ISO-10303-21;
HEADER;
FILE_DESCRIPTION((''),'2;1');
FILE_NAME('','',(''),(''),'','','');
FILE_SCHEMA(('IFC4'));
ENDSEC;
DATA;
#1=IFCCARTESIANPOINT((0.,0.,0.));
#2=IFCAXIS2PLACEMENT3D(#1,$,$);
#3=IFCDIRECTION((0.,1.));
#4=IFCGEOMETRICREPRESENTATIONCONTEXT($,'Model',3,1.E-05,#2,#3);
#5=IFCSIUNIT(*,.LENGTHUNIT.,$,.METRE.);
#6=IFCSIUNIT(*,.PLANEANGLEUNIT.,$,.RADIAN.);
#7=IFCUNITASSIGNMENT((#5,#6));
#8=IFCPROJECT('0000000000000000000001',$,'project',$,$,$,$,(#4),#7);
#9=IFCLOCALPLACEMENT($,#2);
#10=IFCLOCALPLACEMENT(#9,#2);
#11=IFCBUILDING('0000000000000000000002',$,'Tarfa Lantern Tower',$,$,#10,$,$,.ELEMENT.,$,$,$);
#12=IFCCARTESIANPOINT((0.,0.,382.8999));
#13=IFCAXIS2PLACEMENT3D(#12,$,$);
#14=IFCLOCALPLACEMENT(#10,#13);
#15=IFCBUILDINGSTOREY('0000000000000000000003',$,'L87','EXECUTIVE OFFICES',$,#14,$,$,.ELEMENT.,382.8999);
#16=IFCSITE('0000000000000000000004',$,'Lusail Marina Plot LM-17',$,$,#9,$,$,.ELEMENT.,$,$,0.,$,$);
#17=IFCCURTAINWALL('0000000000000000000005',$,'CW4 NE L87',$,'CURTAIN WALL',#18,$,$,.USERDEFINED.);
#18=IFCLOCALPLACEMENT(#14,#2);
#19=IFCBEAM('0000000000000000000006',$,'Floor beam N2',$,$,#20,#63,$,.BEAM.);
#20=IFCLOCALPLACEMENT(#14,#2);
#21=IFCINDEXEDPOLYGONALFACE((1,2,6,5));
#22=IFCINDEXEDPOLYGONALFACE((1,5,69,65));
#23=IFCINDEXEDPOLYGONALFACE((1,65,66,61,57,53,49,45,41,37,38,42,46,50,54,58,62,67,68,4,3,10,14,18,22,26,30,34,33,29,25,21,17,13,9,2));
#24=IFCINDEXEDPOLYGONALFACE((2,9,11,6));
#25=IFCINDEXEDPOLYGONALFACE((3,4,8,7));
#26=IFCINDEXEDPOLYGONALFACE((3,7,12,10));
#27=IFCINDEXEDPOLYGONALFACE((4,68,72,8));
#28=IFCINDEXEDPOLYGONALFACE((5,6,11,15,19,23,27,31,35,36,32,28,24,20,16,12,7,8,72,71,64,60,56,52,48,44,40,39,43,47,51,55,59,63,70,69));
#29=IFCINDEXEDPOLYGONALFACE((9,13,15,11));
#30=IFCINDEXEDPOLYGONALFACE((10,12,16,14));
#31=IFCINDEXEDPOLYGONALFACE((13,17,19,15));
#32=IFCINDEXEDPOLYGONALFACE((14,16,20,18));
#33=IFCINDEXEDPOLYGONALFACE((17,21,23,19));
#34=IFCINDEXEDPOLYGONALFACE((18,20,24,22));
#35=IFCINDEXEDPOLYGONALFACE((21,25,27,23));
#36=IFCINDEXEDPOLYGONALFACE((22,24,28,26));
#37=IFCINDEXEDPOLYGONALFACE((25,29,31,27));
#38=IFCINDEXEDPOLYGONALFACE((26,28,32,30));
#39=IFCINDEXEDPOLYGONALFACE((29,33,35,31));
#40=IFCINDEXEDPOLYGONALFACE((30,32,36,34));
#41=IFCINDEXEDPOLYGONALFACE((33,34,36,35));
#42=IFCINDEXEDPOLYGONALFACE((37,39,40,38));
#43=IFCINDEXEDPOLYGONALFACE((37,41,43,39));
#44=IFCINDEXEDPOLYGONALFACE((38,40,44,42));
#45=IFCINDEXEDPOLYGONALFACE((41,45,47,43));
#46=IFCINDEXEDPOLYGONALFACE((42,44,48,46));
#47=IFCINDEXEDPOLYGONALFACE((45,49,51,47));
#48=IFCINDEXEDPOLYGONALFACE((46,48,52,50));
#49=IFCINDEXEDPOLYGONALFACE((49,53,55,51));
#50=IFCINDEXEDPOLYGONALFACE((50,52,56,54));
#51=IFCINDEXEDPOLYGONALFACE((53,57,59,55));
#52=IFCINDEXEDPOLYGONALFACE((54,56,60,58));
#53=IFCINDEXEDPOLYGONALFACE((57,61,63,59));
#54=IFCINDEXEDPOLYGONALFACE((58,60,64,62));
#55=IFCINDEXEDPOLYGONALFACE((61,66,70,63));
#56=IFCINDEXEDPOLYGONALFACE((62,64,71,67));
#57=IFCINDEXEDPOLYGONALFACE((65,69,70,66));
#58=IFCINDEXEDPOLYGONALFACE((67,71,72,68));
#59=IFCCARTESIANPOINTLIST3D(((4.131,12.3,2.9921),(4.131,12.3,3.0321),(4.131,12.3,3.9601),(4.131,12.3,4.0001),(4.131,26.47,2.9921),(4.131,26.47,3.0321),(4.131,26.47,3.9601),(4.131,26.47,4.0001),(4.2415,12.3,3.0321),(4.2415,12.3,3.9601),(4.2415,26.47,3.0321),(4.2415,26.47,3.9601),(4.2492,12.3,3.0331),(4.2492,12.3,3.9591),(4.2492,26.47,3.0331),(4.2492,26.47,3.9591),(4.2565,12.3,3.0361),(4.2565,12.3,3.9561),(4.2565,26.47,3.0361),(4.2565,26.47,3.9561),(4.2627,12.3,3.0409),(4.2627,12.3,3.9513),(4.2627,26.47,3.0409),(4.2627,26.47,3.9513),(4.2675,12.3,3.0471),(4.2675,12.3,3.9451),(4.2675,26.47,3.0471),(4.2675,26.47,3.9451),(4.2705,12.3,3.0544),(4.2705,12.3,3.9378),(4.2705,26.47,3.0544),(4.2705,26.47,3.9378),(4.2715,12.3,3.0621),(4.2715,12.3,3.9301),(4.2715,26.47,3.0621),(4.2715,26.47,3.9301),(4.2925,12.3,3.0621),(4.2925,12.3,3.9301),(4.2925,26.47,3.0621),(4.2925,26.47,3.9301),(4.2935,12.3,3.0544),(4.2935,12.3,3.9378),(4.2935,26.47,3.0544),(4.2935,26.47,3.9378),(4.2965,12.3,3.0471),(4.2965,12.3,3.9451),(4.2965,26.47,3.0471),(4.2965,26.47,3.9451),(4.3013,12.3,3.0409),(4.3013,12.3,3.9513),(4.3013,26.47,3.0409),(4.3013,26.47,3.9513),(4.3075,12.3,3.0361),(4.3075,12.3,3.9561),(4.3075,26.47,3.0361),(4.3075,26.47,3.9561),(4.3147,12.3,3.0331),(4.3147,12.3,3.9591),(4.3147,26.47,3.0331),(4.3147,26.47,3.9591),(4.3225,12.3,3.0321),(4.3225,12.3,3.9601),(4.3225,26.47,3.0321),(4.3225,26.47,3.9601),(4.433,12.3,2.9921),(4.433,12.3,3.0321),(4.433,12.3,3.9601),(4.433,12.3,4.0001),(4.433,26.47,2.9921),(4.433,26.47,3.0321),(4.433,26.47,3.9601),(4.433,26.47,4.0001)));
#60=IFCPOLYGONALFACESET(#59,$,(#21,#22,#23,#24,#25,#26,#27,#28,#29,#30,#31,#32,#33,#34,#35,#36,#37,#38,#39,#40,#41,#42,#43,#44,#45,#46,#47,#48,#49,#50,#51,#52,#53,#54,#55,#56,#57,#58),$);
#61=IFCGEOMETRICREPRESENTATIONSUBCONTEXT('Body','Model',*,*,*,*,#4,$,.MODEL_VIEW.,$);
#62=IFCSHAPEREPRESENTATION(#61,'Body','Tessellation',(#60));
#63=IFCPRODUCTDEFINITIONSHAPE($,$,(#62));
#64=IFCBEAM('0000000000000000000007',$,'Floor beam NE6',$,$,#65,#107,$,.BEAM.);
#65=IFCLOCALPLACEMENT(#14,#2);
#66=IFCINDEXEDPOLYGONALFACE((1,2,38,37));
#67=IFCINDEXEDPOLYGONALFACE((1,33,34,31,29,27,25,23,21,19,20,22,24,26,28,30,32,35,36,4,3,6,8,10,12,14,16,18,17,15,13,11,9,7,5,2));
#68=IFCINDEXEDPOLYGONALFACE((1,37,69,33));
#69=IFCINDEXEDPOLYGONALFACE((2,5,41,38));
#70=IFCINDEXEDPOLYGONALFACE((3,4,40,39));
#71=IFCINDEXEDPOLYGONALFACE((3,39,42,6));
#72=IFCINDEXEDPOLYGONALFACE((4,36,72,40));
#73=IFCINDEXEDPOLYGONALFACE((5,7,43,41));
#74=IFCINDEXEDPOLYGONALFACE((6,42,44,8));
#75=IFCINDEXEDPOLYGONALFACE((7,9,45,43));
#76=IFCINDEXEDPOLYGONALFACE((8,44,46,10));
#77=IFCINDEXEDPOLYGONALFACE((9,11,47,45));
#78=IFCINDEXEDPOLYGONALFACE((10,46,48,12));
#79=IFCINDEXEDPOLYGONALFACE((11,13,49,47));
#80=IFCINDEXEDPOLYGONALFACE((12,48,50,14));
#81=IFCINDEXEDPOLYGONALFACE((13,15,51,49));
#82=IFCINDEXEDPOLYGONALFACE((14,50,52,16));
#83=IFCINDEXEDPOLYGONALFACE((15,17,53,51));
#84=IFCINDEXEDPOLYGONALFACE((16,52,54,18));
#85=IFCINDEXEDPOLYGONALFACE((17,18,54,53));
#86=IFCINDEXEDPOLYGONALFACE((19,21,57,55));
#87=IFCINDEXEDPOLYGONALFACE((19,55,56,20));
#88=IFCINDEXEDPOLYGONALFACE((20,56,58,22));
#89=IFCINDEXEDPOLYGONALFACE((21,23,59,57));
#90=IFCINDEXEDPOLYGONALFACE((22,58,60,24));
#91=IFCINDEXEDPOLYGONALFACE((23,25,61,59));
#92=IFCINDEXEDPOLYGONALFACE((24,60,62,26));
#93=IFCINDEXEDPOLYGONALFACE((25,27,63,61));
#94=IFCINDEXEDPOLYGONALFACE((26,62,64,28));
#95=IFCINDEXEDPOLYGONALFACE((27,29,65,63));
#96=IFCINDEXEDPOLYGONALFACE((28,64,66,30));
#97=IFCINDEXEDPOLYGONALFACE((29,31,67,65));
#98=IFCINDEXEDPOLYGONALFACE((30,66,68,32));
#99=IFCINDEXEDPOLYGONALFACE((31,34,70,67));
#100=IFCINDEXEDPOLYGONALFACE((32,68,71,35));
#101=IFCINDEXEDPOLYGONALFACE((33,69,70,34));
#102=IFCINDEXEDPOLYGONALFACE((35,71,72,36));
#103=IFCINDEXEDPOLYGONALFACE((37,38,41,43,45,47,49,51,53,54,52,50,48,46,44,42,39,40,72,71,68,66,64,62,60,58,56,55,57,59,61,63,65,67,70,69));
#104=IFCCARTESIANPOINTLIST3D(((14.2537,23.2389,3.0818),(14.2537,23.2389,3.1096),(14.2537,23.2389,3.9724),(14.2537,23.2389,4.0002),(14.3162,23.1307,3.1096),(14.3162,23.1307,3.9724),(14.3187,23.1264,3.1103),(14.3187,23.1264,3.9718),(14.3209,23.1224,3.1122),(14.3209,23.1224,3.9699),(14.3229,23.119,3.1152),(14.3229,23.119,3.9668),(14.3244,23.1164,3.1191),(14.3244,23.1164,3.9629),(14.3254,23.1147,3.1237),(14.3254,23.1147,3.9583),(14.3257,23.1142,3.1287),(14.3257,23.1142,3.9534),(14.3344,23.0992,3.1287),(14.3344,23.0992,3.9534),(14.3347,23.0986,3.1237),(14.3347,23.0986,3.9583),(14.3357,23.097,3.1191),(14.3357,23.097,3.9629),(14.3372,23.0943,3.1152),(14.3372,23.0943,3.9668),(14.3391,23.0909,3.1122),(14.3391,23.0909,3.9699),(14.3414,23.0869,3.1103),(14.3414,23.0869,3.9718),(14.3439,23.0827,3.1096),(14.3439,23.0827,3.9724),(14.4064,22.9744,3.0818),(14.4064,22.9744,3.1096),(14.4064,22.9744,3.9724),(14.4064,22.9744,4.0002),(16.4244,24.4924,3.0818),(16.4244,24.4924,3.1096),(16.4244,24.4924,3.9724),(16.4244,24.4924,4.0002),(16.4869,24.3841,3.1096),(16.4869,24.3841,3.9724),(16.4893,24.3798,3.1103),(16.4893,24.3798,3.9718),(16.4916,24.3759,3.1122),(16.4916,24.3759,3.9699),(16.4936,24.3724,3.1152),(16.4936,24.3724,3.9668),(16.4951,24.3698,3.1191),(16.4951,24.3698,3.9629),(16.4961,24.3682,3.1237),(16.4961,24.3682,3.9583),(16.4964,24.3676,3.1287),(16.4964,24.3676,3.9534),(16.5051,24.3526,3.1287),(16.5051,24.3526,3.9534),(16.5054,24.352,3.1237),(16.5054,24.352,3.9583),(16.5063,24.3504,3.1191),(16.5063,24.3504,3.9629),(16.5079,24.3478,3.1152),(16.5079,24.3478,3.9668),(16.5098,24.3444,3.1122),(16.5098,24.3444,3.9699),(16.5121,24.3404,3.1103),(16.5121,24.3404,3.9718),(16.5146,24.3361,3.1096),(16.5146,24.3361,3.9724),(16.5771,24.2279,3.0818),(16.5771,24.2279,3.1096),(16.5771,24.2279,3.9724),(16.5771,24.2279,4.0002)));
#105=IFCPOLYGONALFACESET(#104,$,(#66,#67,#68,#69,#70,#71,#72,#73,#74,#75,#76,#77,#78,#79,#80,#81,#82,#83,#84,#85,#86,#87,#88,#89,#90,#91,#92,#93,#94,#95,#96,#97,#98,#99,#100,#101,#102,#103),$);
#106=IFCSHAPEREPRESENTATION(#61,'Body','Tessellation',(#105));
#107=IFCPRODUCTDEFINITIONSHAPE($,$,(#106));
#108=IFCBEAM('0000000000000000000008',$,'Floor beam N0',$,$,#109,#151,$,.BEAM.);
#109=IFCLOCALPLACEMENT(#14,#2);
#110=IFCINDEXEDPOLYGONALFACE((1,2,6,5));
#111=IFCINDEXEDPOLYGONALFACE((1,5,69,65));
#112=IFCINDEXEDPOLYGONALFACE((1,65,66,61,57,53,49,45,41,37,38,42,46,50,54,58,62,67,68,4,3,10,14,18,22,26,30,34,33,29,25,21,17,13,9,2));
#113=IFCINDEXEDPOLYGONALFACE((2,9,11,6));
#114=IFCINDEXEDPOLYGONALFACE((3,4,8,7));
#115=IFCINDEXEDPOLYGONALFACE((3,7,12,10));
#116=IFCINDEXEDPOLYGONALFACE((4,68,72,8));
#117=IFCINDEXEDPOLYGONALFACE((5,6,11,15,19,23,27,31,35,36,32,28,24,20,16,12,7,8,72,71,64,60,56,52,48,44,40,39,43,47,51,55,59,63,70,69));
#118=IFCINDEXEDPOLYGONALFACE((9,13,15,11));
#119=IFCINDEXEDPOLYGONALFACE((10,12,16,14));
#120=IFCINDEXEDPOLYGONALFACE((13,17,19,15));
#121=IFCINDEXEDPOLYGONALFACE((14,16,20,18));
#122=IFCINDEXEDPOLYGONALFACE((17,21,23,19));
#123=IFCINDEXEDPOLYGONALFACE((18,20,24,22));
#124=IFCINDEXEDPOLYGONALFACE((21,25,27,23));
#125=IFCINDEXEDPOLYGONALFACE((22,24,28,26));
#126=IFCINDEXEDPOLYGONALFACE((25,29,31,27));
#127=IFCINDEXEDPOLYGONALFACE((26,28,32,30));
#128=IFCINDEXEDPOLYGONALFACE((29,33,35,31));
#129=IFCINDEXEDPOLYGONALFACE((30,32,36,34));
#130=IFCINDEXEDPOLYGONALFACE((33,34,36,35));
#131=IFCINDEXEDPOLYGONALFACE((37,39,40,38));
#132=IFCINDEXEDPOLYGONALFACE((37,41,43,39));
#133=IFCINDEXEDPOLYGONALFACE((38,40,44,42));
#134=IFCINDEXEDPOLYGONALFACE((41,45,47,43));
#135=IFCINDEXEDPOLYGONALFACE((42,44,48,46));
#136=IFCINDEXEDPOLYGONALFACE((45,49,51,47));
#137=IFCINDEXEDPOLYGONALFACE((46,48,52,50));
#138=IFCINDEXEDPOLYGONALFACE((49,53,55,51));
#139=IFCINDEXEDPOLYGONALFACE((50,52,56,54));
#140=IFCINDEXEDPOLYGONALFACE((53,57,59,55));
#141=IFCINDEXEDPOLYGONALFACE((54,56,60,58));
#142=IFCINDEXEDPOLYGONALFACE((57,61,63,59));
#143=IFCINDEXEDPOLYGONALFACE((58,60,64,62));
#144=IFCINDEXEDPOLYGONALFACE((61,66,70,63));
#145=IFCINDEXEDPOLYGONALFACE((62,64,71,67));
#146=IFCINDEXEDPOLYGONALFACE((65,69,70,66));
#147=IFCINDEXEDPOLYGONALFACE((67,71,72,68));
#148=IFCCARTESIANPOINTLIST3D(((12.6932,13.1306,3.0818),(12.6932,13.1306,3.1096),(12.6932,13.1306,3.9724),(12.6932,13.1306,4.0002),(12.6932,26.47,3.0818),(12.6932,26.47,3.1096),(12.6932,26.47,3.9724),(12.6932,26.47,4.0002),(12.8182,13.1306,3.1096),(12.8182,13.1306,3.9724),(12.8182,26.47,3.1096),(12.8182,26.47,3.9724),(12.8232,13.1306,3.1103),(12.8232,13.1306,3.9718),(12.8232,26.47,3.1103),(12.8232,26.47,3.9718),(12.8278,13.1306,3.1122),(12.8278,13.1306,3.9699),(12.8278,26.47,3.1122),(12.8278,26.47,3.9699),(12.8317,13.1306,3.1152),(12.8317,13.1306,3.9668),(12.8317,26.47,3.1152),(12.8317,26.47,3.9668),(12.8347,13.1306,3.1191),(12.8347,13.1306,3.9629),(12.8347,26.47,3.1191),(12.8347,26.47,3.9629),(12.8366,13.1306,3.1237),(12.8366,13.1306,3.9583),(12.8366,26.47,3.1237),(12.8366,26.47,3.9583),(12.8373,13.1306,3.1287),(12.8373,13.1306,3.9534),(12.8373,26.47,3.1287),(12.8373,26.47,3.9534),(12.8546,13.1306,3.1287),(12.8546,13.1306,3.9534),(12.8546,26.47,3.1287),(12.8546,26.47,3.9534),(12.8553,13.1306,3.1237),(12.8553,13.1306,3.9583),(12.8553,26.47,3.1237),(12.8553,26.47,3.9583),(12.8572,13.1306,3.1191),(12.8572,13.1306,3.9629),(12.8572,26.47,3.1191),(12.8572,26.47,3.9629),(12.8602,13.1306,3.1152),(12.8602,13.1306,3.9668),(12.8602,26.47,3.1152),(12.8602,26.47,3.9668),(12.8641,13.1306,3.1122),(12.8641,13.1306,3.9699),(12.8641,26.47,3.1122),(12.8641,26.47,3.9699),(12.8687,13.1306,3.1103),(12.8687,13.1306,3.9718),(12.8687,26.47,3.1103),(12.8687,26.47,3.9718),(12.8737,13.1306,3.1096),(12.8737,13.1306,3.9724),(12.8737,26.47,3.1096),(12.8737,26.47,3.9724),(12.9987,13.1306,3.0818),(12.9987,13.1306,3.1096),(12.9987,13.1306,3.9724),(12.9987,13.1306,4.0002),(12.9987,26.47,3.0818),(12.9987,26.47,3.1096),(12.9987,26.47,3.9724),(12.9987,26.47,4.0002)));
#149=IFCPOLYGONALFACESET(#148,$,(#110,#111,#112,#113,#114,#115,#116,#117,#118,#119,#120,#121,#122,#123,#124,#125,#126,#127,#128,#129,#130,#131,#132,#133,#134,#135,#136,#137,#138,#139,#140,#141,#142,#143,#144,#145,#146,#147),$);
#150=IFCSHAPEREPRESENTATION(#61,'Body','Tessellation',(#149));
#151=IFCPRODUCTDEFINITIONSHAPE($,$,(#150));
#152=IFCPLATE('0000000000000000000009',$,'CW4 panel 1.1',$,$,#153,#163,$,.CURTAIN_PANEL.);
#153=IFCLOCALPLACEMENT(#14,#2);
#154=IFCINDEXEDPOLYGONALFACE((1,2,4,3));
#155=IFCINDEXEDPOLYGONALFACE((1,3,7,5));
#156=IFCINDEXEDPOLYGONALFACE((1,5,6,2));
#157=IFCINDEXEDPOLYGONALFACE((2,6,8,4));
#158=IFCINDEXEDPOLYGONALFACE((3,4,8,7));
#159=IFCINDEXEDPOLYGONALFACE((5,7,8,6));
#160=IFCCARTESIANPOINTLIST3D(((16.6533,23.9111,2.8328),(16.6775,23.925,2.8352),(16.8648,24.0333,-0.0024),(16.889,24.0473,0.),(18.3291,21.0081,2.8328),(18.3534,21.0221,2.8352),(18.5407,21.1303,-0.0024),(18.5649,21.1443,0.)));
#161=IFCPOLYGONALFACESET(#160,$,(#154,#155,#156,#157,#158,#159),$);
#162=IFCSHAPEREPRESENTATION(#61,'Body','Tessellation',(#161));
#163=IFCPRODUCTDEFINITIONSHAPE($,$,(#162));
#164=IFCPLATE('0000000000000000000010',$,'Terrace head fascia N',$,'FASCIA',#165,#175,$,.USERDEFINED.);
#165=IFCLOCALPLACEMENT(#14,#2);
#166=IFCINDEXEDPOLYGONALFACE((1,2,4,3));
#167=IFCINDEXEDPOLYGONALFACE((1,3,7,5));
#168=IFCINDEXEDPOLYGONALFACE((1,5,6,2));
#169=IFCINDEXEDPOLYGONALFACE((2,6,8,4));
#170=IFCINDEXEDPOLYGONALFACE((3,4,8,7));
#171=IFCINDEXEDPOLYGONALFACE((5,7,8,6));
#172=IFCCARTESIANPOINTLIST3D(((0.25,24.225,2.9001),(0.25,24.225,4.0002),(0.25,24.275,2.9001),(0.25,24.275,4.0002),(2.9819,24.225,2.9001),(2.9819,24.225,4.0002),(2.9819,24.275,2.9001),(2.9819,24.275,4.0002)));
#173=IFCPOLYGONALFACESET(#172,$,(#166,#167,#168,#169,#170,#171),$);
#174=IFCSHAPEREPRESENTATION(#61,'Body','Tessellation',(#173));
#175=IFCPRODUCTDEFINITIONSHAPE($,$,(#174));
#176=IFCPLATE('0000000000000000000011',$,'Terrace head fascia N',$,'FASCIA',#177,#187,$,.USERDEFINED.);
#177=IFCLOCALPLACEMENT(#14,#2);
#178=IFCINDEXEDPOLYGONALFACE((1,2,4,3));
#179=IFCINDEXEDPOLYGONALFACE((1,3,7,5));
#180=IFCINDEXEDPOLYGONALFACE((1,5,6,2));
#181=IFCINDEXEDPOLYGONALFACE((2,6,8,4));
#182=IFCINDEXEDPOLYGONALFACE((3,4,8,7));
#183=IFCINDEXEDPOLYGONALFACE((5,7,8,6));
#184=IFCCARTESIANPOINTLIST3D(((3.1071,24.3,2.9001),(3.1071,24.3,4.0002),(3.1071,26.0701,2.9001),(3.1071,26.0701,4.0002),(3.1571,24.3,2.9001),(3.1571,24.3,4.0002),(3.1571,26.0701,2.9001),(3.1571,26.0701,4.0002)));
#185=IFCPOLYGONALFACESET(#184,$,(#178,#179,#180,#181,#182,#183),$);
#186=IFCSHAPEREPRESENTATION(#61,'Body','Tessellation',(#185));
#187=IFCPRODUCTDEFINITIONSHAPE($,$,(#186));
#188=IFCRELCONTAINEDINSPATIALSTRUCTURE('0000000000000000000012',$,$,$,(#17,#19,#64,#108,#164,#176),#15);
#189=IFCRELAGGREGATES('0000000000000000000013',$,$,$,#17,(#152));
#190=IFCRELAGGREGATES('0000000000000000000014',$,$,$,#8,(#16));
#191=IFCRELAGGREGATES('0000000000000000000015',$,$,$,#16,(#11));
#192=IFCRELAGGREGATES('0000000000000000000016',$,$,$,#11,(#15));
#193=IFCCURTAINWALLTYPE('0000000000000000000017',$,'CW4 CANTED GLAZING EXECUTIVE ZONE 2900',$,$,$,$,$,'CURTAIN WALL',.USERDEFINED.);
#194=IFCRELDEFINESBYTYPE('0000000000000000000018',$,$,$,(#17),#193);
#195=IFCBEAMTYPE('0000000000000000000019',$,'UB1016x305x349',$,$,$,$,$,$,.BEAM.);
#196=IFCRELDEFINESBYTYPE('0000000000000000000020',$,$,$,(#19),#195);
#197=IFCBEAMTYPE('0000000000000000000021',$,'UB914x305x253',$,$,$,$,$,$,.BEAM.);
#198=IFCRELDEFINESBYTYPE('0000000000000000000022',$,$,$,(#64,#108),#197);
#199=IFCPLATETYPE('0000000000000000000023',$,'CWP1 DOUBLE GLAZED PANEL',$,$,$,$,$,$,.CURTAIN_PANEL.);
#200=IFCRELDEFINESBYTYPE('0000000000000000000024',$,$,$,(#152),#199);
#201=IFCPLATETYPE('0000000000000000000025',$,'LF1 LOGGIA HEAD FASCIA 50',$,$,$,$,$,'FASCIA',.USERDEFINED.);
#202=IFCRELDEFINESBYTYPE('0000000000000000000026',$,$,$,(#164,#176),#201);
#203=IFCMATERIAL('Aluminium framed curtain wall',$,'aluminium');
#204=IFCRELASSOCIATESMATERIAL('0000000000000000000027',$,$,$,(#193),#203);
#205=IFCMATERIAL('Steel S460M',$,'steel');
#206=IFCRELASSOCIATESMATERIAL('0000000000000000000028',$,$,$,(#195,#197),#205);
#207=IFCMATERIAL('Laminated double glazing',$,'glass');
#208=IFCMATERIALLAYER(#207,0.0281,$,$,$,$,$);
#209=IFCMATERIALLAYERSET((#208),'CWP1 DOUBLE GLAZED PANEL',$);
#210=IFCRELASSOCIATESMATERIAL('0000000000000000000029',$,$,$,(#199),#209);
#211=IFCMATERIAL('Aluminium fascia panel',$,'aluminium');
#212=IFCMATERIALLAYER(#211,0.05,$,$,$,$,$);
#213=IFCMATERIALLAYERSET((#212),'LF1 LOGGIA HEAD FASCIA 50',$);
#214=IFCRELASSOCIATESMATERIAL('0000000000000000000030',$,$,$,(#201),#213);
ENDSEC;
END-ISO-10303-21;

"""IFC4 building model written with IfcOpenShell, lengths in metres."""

from ifc_helpers import new_model, si_unit, direction, frame, origin, origin_2d, place, context, subcontext, project, spatial, polyline, rectangle, i_section, outline, extrude, material, layer, layer_set, material_profile, profile_set, type_object, element, aggregate, save


model = new_model("IFC4")

# Units and contexts
model_context = context("Model", 3, precision=1e-05, world=origin(), true_north=direction((0.0, 1.0)))
body_context = subcontext(model_context, "Body", "Model", "MODEL_VIEW")
ifc_project = project(units=[si_unit("LENGTHUNIT", "METRE"), si_unit("PLANEANGLEUNIT", "RADIAN")], contexts=[model_context])

# Site, building, storey
site_placement = place(None, origin())
site = spatial("IfcSite", under=ifc_project, at=site_placement, Name="Lusail Marina Plot LM-17", CompositionType="ELEMENT", RefElevation=0.0)
building_placement = place(site_placement, origin())
building = spatial("IfcBuilding", under=site, at=building_placement, Name="Tarfa Lantern Tower", CompositionType="ELEMENT")
storey_placement = place(building_placement, frame((0.0, 0.0, 382.8999)))
storey = spatial("IfcBuildingStorey", under=building, at=storey_placement, Name="L87", Description="EXECUTIVE OFFICES", CompositionType="ELEMENT", Elevation=382.8999)

# Curtain wall
ifc_material_1 = material(Name="Aluminium framed curtain wall", Category="aluminium")
curtain_wall_type = type_object("IfcCurtainWallType", Name="CW4 CANTED GLAZING EXECUTIVE ZONE 2900", ElementType="CURTAIN WALL", PredefinedType="USERDEFINED", material=ifc_material_1)
curtain_wall_placement = place(storey_placement, origin())
curtain_wall = element("IfcCurtainWall", 1, at=curtain_wall_placement, inside=storey, type_object=curtain_wall_type, Name="CW4 NE L87", ObjectType="CURTAIN WALL", PredefinedType="USERDEFINED")

# Beams
ifc_material_2 = material(Name="Steel S460M", Category="steel")
ifc_material_profile_1 = material_profile(ifc_material_2, i_section(OverallWidth=0.302, OverallDepth=1.0081, WebThickness=0.021, FlangeThickness=0.04, FilletRadius=0.03, at=origin_2d()), Name="UB1016x305x349")
ifc_profile_set_1 = profile_set([ifc_material_profile_1], Name="Steel S460M")
beam_type_1 = type_object("IfcBeamType", Name="UB1016x305x349", PredefinedType="BEAM", material=ifc_profile_set_1)
for number, where, z_axis, x_axis, name in (
    (2, (4.282, 26.47, 3.4961), (0.0, -1.0, 0.0), (1.0, 0.0, 0.0), "Floor beam N2"),
):
    element("IfcBeam", number, at=place(storey_placement, frame(where, z_axis=z_axis, x_axis=x_axis)), inside=storey, type_object=beam_type_1, Name=name, PredefinedType="BEAM", context=body_context, shape_type="SweptSolid", body=[
        extrude(i_section(OverallWidth=0.302, OverallDepth=1.0081, WebThickness=0.021, FlangeThickness=0.04, FilletRadius=0.03, at=origin_2d()), origin(), (0.0, 0.0, 1.0), 14.1699),
    ])
ifc_material_profile_2 = material_profile(ifc_material_2, i_section(OverallWidth=0.3054, OverallDepth=0.9185, WebThickness=0.0173, FlangeThickness=0.0278, FilletRadius=0.019, at=origin_2d()), Name="UB914x305x253")
ifc_profile_set_2 = profile_set([ifc_material_profile_2], Name="Steel S460M")
beam_type_2 = type_object("IfcBeamType", Name="UB914x305x253", PredefinedType="BEAM", material=ifc_profile_set_2)
beam_1_placement = place(storey_placement, frame((16.5007, 24.3601, 3.541), z_axis=(-0.865993, -0.500057, 0.0), x_axis=(0.500057, -0.865993, 0.0)))
element("IfcBeam", 3, at=beam_1_placement, inside=storey, type_object=beam_type_2, Name="Floor beam NE6", PredefinedType="BEAM", context=body_context, shape_type="SweptSolid", body=[
    extrude(i_section(OverallWidth=0.3054, OverallDepth=0.9185, WebThickness=0.0173, FlangeThickness=0.0278, FilletRadius=0.019, at=origin_2d()), origin(), (0.0, 0.0, 1.0), 2.5066),
])
beam_2_placement = place(storey_placement, frame((12.8459, 26.47, 3.541), z_axis=(0.0, -1.0, 0.0), x_axis=(1.0, 0.0, 0.0)))
element("IfcBeam", 4, at=beam_2_placement, inside=storey, type_object=beam_type_2, Name="Floor beam N0", PredefinedType="BEAM", context=body_context, shape_type="SweptSolid", body=[
    extrude(i_section(OverallWidth=0.3054, OverallDepth=0.9185, WebThickness=0.0173, FlangeThickness=0.0278, FilletRadius=0.019, at=origin_2d()), origin(), (0.0, 0.0, 1.0), 13.3394),
])

# Plate
ifc_material_3 = material(Name="Laminated double glazing", Category="glass")
ifc_layer_1 = layer(ifc_material_3, 0.0281)
ifc_layer_set_1 = layer_set([ifc_layer_1], Name="CWP1 DOUBLE GLAZED PANEL")
plate_type_1 = type_object("IfcPlateType", Name="CWP1 DOUBLE GLAZED PANEL", PredefinedType="CURTAIN_PANEL", material=ifc_layer_set_1)
plate_1_placement = place(storey_placement, frame((18.5649, 21.1443, 0.0), z_axis=(0.862843, 0.498128, 0.085849), x_axis=(-0.499973, 0.866041, -0.000004)))
plate_1 = element("IfcPlate", 5, at=plate_1_placement, type_object=plate_type_1, Name="CW4 panel 1.1", PredefinedType="CURTAIN_PANEL", context=body_context, shape_type="SweptSolid", body=[
    extrude(outline(polyline([(0.0, 0.0), (3.352, 0.0), (3.3519, 2.8457), (0.0, 2.8457), (0.0, 0.0)])), origin(), (0.0, 0.0, -1.0), 0.0281),
])
aggregate(curtain_wall, [plate_1])

# Plates
ifc_material_4 = material(Name="Aluminium fascia panel", Category="aluminium")
ifc_layer_2 = layer(ifc_material_4, 0.05)
ifc_layer_set_2 = layer_set([ifc_layer_2], Name="LF1 LOGGIA HEAD FASCIA 50")
plate_type_2 = type_object("IfcPlateType", Name="LF1 LOGGIA HEAD FASCIA 50", ElementType="FASCIA", PredefinedType="USERDEFINED", material=ifc_layer_set_2)
plate_2_placement = place(storey_placement, frame((1.616, 24.25, 2.9001), z_axis=(0.0, 0.0, 1.0), x_axis=(-1.0, 0.0, 0.0)))
element("IfcPlate", 6, at=plate_2_placement, inside=storey, type_object=plate_type_2, Name="Terrace head fascia N", ObjectType="FASCIA", PredefinedType="USERDEFINED", context=body_context, shape_type="SweptSolid", body=[
    extrude(rectangle(XDim=2.7319, YDim=0.05, at=origin_2d()), origin(), (0.0, 0.0, 1.0), 1.1001),
])
plate_3_placement = place(storey_placement, frame((3.1321, 25.1851, 2.9001), z_axis=(0.0, 0.0, 1.0), x_axis=(0.0, -1.0, 0.0)))
element("IfcPlate", 7, at=plate_3_placement, inside=storey, type_object=plate_type_2, Name="Terrace head fascia N", ObjectType="FASCIA", PredefinedType="USERDEFINED", context=body_context, shape_type="SweptSolid", body=[
    extrude(rectangle(XDim=1.77, YDim=0.05, at=origin_2d()), origin(), (0.0, 0.0, 1.0), 1.1001),
])

save(model, "model.ifc")
